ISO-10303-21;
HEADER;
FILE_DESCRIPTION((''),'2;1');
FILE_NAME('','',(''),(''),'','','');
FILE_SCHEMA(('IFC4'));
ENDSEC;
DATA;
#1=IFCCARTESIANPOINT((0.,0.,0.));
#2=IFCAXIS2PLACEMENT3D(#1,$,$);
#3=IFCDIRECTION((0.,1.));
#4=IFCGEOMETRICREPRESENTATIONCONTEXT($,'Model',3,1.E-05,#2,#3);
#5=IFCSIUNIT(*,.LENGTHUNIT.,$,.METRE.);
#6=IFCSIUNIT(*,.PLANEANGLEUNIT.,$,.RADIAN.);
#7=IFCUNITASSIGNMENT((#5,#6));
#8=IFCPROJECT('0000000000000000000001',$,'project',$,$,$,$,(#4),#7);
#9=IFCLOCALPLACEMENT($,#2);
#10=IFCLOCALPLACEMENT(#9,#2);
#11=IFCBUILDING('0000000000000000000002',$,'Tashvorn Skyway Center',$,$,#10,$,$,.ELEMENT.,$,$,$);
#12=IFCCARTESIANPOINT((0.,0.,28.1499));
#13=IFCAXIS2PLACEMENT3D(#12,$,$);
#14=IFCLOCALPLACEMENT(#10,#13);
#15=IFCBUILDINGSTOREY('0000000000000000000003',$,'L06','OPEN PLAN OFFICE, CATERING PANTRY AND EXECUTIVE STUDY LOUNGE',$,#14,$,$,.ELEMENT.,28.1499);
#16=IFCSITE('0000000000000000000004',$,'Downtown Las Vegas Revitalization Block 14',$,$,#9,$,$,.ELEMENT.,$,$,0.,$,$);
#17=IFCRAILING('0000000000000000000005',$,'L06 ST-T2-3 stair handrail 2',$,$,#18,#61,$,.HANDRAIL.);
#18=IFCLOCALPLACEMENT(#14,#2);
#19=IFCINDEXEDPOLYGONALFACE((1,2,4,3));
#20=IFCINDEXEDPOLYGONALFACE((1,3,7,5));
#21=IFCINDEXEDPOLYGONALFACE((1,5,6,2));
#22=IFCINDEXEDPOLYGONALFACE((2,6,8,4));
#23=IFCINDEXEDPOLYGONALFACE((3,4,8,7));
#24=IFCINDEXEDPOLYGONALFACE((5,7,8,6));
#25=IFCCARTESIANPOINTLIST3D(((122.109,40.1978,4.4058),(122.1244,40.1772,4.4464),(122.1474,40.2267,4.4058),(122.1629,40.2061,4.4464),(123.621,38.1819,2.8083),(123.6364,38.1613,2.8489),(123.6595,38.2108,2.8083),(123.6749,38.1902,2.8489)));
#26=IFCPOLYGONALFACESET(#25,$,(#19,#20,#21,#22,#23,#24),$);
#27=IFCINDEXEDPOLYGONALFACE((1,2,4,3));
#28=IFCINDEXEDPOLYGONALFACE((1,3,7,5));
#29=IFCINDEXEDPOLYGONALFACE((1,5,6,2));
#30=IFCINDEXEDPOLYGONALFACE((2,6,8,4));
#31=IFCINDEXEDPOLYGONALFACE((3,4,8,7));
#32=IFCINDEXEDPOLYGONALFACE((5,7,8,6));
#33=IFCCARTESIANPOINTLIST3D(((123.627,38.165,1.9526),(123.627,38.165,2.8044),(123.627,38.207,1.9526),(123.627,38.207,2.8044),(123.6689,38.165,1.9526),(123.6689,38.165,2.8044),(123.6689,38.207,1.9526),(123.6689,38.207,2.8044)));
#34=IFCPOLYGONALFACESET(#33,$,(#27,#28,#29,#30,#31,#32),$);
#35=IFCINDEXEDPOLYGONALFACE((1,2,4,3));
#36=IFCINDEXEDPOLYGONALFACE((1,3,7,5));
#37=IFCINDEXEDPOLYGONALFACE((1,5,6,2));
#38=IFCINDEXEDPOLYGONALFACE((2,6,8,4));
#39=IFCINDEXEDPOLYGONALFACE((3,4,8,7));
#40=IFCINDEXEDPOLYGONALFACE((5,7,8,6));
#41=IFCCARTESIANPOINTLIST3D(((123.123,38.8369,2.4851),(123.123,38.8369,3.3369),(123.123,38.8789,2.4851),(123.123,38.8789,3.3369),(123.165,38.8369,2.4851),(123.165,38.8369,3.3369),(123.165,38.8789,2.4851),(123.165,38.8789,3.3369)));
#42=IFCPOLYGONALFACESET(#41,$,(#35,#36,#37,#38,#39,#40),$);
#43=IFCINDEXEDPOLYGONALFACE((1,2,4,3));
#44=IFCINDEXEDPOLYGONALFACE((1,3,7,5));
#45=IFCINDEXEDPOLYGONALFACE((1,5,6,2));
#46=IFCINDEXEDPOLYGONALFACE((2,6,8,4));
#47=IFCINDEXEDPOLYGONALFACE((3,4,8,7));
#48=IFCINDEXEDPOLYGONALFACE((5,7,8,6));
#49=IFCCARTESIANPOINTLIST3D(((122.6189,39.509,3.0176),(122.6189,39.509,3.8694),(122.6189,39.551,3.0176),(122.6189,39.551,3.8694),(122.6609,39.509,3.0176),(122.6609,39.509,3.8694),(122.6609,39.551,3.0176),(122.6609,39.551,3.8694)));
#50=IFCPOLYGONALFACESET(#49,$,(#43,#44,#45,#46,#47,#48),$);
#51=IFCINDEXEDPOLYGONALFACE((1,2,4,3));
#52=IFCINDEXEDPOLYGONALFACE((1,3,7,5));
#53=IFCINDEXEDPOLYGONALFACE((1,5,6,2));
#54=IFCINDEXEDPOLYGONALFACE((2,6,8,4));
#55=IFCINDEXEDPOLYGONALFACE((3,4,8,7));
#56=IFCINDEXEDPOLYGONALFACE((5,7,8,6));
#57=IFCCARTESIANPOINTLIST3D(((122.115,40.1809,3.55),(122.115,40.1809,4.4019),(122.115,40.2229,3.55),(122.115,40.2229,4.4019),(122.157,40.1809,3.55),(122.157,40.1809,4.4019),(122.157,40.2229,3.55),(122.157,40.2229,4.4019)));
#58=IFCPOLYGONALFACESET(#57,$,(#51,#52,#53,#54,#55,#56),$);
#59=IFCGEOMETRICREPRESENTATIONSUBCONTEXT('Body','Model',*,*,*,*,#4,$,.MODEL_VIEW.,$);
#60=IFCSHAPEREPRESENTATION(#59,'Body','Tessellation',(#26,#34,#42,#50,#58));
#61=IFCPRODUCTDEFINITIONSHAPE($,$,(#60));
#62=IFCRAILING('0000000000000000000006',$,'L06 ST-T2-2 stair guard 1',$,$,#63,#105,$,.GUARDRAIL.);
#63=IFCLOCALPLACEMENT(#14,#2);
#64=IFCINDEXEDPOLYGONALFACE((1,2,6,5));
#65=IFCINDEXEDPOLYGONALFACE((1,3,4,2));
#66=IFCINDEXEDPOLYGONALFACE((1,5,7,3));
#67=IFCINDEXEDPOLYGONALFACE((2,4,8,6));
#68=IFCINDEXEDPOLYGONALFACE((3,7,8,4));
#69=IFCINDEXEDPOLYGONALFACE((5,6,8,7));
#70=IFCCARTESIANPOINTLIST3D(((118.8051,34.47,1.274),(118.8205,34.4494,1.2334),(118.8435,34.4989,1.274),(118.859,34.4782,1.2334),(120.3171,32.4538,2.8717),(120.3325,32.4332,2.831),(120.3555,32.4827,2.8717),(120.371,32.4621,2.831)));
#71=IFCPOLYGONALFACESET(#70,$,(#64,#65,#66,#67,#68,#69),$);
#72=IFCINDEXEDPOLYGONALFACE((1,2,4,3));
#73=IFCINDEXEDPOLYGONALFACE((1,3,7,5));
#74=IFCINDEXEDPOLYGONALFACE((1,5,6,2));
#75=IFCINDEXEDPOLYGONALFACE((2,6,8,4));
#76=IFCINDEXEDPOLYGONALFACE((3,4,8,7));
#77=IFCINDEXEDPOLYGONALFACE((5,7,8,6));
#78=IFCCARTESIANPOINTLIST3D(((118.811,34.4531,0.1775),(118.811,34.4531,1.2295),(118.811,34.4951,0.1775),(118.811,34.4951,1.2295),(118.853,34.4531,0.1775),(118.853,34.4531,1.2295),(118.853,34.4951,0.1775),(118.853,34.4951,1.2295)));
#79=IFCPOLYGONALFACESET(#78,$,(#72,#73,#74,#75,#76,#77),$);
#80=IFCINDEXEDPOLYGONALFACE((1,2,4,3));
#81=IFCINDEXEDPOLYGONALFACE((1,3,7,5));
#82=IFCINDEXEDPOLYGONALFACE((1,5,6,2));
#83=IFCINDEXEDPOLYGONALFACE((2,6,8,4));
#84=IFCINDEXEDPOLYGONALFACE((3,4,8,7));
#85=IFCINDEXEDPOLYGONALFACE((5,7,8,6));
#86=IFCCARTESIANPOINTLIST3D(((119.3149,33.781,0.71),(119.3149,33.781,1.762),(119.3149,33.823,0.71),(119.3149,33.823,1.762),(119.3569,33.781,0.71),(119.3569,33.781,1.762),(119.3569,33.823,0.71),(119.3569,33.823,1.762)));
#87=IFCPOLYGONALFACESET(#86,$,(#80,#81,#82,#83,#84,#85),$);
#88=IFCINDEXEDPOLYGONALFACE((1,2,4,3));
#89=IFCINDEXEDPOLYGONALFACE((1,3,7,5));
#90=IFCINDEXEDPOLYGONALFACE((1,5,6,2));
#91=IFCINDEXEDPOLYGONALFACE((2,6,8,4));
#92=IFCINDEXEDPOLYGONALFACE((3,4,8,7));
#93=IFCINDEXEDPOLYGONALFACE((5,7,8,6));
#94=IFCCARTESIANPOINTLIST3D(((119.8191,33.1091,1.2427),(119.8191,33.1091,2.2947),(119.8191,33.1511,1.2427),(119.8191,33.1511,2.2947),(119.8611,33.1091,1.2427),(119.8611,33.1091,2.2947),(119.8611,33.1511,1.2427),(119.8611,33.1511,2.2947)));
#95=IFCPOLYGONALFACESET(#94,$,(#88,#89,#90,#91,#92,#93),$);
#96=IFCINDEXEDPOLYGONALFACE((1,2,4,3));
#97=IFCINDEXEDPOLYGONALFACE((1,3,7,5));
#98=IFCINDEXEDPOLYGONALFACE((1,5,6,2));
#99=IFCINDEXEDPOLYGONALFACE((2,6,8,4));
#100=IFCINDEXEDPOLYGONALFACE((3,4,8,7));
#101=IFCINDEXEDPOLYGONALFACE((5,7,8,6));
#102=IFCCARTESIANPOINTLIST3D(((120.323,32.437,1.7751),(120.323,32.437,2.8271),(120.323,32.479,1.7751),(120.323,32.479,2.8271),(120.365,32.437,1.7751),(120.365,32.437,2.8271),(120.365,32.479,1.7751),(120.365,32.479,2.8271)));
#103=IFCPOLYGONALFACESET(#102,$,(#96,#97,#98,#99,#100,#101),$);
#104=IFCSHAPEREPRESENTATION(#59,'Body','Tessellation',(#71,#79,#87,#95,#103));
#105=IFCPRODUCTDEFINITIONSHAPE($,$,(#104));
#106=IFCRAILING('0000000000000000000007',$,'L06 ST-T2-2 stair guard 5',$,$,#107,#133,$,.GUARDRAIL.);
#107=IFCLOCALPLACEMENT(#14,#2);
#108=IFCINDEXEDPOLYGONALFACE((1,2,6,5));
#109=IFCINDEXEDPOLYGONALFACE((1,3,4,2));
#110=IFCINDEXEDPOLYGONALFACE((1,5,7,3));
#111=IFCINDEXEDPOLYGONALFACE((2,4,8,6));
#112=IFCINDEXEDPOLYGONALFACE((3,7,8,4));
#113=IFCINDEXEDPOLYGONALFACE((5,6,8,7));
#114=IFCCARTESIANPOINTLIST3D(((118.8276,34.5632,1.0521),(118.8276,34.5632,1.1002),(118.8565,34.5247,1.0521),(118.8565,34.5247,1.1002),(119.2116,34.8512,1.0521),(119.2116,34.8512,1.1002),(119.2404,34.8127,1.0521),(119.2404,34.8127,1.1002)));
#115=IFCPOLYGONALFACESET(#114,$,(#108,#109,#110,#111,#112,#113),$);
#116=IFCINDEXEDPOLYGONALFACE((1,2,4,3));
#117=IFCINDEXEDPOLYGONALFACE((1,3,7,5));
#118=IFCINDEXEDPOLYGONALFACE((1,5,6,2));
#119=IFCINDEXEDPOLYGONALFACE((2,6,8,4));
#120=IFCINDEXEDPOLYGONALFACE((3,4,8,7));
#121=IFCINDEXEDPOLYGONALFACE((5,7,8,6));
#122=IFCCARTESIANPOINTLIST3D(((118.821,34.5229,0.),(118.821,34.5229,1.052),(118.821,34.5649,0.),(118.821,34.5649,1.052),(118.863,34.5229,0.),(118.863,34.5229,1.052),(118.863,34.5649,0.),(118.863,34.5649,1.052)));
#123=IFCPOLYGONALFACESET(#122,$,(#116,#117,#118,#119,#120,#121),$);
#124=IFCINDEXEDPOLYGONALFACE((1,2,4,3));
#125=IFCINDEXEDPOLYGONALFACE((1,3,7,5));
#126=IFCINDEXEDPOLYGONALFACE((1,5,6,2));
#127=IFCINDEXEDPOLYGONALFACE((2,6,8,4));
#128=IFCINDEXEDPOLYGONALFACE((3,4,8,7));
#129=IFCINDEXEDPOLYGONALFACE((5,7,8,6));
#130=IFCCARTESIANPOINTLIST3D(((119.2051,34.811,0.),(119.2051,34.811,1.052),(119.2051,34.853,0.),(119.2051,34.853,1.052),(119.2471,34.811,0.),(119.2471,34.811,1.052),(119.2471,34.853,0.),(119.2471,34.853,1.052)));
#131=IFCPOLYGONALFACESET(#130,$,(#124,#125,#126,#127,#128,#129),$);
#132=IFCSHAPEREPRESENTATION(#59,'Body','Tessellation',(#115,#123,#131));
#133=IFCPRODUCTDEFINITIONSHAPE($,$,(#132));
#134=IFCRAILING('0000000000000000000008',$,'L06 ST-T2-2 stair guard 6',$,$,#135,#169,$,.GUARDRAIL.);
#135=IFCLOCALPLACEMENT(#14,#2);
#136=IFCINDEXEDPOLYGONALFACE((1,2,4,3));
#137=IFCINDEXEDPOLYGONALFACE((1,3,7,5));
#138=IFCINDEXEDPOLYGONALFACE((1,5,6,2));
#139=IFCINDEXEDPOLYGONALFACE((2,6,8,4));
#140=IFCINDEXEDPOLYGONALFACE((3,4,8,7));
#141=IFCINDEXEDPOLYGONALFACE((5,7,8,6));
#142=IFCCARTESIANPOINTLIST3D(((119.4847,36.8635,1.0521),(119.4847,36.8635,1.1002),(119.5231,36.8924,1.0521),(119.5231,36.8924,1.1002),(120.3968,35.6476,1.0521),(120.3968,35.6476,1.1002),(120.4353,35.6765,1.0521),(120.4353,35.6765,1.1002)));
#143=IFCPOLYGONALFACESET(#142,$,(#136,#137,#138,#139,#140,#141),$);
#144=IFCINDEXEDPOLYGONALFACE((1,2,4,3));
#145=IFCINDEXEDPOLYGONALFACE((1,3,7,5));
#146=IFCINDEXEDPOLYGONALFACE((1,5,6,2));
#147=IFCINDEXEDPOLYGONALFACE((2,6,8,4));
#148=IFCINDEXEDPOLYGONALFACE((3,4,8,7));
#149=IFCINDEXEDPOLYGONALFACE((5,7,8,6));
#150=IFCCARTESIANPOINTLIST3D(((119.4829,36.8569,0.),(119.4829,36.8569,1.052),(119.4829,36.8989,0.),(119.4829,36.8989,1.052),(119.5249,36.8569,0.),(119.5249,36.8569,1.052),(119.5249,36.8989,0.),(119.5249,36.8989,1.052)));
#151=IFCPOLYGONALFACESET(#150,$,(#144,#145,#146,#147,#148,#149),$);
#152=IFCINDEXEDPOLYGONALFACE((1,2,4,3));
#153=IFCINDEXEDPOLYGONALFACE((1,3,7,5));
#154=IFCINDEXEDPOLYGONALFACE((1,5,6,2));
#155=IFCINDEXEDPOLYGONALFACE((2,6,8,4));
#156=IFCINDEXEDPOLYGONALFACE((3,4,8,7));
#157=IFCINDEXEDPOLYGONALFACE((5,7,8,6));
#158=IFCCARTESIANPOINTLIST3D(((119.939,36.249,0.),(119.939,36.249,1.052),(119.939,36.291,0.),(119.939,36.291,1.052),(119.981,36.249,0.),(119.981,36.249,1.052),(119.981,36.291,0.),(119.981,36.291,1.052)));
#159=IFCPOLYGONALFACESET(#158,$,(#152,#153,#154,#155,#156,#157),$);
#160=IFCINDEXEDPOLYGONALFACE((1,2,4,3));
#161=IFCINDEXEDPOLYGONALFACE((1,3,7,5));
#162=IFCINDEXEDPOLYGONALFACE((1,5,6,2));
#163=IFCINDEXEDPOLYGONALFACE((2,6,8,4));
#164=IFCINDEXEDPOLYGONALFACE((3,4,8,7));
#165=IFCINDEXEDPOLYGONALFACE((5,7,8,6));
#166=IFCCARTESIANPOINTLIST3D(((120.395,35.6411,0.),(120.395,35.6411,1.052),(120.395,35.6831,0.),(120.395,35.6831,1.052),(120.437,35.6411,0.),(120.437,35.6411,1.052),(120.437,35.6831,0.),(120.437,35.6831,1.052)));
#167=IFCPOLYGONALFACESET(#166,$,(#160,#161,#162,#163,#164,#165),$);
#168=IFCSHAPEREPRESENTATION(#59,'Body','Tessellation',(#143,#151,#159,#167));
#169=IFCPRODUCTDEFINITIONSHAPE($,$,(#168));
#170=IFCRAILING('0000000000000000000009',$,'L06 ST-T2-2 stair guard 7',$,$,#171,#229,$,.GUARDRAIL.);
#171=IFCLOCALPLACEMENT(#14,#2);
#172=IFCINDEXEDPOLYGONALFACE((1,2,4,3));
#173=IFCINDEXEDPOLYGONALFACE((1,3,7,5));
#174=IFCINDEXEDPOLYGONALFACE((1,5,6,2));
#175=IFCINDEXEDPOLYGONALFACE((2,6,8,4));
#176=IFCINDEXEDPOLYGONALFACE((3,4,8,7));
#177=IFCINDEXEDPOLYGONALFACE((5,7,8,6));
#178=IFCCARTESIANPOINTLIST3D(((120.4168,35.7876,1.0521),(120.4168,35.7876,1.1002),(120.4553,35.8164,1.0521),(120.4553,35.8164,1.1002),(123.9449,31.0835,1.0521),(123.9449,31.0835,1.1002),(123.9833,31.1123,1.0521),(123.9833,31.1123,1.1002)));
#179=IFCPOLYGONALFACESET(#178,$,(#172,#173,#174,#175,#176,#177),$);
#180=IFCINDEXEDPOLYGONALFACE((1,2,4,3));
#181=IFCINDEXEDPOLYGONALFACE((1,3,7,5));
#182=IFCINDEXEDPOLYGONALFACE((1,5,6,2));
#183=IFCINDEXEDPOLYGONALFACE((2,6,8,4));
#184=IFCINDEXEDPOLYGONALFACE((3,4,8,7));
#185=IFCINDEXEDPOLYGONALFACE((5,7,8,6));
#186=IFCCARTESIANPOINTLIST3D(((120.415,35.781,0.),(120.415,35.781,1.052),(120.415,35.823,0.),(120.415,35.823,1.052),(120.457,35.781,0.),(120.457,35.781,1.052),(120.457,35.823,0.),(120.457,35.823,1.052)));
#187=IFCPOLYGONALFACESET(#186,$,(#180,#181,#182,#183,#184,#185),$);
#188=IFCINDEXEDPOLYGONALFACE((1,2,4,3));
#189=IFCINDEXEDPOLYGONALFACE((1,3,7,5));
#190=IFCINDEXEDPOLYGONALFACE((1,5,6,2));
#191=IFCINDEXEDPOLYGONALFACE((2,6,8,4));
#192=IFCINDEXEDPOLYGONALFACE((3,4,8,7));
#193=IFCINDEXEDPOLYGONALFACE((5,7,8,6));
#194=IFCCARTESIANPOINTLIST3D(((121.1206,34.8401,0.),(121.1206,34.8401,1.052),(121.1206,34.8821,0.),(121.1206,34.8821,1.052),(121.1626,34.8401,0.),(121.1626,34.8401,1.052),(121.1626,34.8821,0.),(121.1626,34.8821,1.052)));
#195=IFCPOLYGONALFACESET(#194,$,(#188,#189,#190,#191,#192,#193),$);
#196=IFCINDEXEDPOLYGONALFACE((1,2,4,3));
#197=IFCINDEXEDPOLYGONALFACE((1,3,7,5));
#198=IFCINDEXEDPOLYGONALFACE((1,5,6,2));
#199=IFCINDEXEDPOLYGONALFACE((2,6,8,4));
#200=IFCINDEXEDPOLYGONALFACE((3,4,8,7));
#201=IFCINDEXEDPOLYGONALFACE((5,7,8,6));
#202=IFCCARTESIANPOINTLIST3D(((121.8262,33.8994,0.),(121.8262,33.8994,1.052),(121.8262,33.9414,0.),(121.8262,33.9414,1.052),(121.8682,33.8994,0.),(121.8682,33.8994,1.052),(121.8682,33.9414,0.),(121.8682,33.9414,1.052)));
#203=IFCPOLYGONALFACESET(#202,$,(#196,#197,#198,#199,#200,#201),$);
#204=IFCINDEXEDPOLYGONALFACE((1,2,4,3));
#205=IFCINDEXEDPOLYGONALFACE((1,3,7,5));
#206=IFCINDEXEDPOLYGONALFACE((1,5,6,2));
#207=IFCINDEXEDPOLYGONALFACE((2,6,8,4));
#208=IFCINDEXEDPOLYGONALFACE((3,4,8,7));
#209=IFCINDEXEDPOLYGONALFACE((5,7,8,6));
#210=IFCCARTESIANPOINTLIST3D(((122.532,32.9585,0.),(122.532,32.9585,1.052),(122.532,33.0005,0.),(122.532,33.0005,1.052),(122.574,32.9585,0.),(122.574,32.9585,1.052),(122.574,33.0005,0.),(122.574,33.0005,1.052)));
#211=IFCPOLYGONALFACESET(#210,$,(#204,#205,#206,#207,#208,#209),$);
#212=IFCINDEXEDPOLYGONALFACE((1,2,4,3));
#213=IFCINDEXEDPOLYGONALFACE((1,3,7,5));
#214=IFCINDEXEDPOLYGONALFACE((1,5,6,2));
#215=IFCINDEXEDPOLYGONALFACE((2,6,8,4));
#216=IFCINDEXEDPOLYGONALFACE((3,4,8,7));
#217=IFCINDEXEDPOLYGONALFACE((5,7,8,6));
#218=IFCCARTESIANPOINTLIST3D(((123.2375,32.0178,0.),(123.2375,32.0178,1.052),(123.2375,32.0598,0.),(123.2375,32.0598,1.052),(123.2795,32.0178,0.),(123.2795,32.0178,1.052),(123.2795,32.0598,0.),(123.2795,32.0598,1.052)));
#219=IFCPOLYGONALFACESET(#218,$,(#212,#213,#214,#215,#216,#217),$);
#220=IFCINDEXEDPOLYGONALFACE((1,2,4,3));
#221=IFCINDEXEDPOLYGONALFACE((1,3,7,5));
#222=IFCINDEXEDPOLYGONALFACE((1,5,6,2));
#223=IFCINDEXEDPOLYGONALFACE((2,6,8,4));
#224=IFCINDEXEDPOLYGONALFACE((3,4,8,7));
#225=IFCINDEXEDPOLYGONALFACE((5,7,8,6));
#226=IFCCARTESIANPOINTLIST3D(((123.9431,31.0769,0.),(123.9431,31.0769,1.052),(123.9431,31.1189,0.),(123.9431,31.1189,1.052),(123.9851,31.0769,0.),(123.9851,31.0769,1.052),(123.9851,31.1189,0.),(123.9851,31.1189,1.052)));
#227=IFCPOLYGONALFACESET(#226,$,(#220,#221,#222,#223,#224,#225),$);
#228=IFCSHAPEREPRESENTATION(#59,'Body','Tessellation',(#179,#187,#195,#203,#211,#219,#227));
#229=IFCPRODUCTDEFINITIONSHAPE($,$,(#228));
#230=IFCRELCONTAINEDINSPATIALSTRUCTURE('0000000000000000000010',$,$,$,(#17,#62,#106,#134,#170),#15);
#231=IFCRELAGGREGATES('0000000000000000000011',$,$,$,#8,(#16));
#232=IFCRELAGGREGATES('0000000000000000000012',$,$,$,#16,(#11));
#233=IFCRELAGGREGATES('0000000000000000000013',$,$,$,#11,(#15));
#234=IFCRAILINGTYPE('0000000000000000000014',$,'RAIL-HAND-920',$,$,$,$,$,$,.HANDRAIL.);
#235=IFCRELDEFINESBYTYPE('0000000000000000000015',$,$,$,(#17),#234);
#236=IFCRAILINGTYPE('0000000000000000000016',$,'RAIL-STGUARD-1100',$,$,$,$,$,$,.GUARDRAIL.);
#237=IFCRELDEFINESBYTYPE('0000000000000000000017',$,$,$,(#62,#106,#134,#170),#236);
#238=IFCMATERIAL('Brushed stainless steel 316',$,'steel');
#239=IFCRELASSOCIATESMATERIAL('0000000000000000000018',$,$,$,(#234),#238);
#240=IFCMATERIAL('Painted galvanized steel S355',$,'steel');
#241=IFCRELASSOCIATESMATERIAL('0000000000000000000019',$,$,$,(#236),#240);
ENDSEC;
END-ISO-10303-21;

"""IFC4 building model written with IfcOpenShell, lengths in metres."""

from ifc_helpers import new_model, si_unit, direction, frame, origin, origin_2d, place, context, subcontext, project, spatial, rectangle, extrude, material, type_object, element, save


model = new_model("IFC4")

# Units and contexts
model_context = context("Model", 3, precision=1e-05, world=origin(), true_north=direction((0.0, 1.0)))
body_context = subcontext(model_context, "Body", "Model", "MODEL_VIEW")
ifc_project = project(units=[si_unit("LENGTHUNIT", "METRE"), si_unit("PLANEANGLEUNIT", "RADIAN")], contexts=[model_context])

# Site, building, storey
site_placement = place(None, origin())
site = spatial("IfcSite", under=ifc_project, at=site_placement, Name="Downtown Las Vegas Revitalization Block 14", CompositionType="ELEMENT", RefElevation=0.0)
building_placement = place(site_placement, origin())
building = spatial("IfcBuilding", under=site, at=building_placement, Name="Tashvorn Skyway Center", CompositionType="ELEMENT")
storey_placement = place(building_placement, frame((0.0, 0.0, 28.1499)))
storey = spatial("IfcBuildingStorey", under=building, at=storey_placement, Name="L06", Description="OPEN PLAN OFFICE, CATERING PANTRY AND EXECUTIVE STUDY LOUNGE", CompositionType="ELEMENT", Elevation=28.1499)

# Railings
ifc_material_1 = material(Name="Brushed stainless steel 316", Category="steel")
railing_type_1 = type_object("IfcRailingType", Name="RAIL-HAND-920", PredefinedType="HANDRAIL", material=ifc_material_1)
railing_1_placement = place(storey_placement, frame((123.6479, 38.186, 1.9526)))
element("IfcRailing", 1, at=railing_1_placement, inside=storey, type_object=railing_type_1, Name="L06 ST-T2-3 stair handrail 2", PredefinedType="HANDRAIL", context=body_context, shape_type="SweptSolid", body=[
    extrude(rectangle(XDim=0.0481, YDim=0.0481, at=origin_2d()), frame((0.0, 0.0, 0.876), z_axis=(-0.506769, 0.675664, 0.535409), x_axis=(-0.799988, -0.600016, 0.0)), (0.0, 0.0, 1.0), 2.9836),
    extrude(rectangle(XDim=0.042, YDim=0.042, at=origin_2d()), origin(), (0.0, 0.0, 1.0), 0.8518),
    extrude(rectangle(XDim=0.042, YDim=0.042, at=origin_2d()), frame((-0.5039, 0.6719, 0.5325)), (0.0, 0.0, 1.0), 0.8518),
    extrude(rectangle(XDim=0.042, YDim=0.042, at=origin_2d()), frame((-1.0081, 1.344, 1.0649)), (0.0, 0.0, 1.0), 0.8518),
    extrude(rectangle(XDim=0.042, YDim=0.042, at=origin_2d()), frame((-1.512, 2.0159, 1.5974)), (0.0, 0.0, 1.0), 0.8518),
])
ifc_material_2 = material(Name="Painted galvanized steel S355", Category="steel")
railing_type_2 = type_object("IfcRailingType", Name="RAIL-STGUARD-1100", PredefinedType="GUARDRAIL", material=ifc_material_2)
railing_2_placement = place(storey_placement, frame((118.832, 34.4741, 0.1775)))
element("IfcRailing", 2, at=railing_2_placement, inside=storey, type_object=railing_type_2, Name="L06 ST-T2-2 stair guard 1", PredefinedType="GUARDRAIL", context=body_context, shape_type="SweptSolid", body=[
    extrude(rectangle(XDim=0.0481, YDim=0.0481, at=origin_2d()), frame((0.0, 0.0, 1.0762), z_axis=(0.506719, -0.675679, 0.535438), x_axis=(0.800023, 0.599969, 0.0)), (0.0, 0.0, 1.0), 2.9839),
    extrude(rectangle(XDim=0.042, YDim=0.042, at=origin_2d()), origin(), (0.0, 0.0, 1.0), 1.052),
    extrude(rectangle(XDim=0.042, YDim=0.042, at=origin_2d()), frame((0.5039, -0.6721, 0.5325)), (0.0, 0.0, 1.0), 1.052),
    extrude(rectangle(XDim=0.042, YDim=0.042, at=origin_2d()), frame((1.0081, -1.344, 1.0652)), (0.0, 0.0, 1.0), 1.052),
    extrude(rectangle(XDim=0.042, YDim=0.042, at=origin_2d()), frame((1.512, -2.0161, 1.5977)), (0.0, 0.0, 1.0), 1.052),
])
railing_3_placement = place(storey_placement, frame((118.842, 34.5439, 0.0)))
element("IfcRailing", 3, at=railing_3_placement, inside=storey, type_object=railing_type_2, Name="L06 ST-T2-2 stair guard 5", PredefinedType="GUARDRAIL", context=body_context, shape_type="SweptSolid", body=[
    extrude(rectangle(XDim=0.0481, YDim=0.0481, at=origin_2d()), frame((0.0, 0.0, 1.0762), z_axis=(0.799939, 0.600081, 0.0), x_axis=(-0.600081, 0.799939, 0.0)), (0.0, 0.0, 1.0), 0.48),
    extrude(rectangle(XDim=0.042, YDim=0.042, at=origin_2d()), origin(), (0.0, 0.0, 1.0), 1.052),
    extrude(rectangle(XDim=0.042, YDim=0.042, at=origin_2d()), frame((0.384, 0.2881, 0.0)), (0.0, 0.0, 1.0), 1.052),
])
railing_4_placement = place(storey_placement, frame((119.5039, 36.8779, 0.0)))
element("IfcRailing", 4, at=railing_4_placement, inside=storey, type_object=railing_type_2, Name="L06 ST-T2-2 stair guard 6", PredefinedType="GUARDRAIL", context=body_context, shape_type="SweptSolid", body=[
    extrude(rectangle(XDim=0.0481, YDim=0.0481, at=origin_2d()), frame((0.0, 0.0, 1.0762), z_axis=(0.600103, -0.799923, 0.0), x_axis=(0.799923, 0.600103, 0.0)), (0.0, 0.0, 1.0), 1.52),
    extrude(rectangle(XDim=0.042, YDim=0.042, at=origin_2d()), origin(), (0.0, 0.0, 1.0), 1.052),
    extrude(rectangle(XDim=0.042, YDim=0.042, at=origin_2d()), frame((0.4561, -0.6079, 0.0)), (0.0, 0.0, 1.0), 1.052),
    extrude(rectangle(XDim=0.042, YDim=0.042, at=origin_2d()), frame((0.9121, -1.2158, 0.0)), (0.0, 0.0, 1.0), 1.052),
])
railing_5_placement = place(storey_placement, frame((120.436, 35.802, 0.0)))
element("IfcRailing", 5, at=railing_5_placement, inside=storey, type_object=railing_type_2, Name="L06 ST-T2-2 stair guard 7", PredefinedType="GUARDRAIL", context=body_context, shape_type="SweptSolid", body=[
    extrude(rectangle(XDim=0.0481, YDim=0.0481, at=origin_2d()), frame((0.0, 0.0, 1.0762), z_axis=(0.6, -0.8, 0.0), x_axis=(0.8, 0.6, 0.0)), (0.0, 0.0, 1.0), 5.8801),
    extrude(rectangle(XDim=0.042, YDim=0.042, at=origin_2d()), origin(), (0.0, 0.0, 1.0), 1.052),
    extrude(rectangle(XDim=0.042, YDim=0.042, at=origin_2d()), frame((0.7056, -0.9409, 0.0)), (0.0, 0.0, 1.0), 1.052),
    extrude(rectangle(XDim=0.042, YDim=0.042, at=origin_2d()), frame((1.4111, -1.8816, 0.0)), (0.0, 0.0, 1.0), 1.052),
    extrude(rectangle(XDim=0.042, YDim=0.042, at=origin_2d()), frame((2.1169, -2.8225, 0.0)), (0.0, 0.0, 1.0), 1.052),
    extrude(rectangle(XDim=0.042, YDim=0.042, at=origin_2d()), frame((2.8225, -3.7632, 0.0)), (0.0, 0.0, 1.0), 1.052),
    extrude(rectangle(XDim=0.042, YDim=0.042, at=origin_2d()), frame((3.5281, -4.7041, 0.0)), (0.0, 0.0, 1.0), 1.052),
])

save(model, "model.ifc")
